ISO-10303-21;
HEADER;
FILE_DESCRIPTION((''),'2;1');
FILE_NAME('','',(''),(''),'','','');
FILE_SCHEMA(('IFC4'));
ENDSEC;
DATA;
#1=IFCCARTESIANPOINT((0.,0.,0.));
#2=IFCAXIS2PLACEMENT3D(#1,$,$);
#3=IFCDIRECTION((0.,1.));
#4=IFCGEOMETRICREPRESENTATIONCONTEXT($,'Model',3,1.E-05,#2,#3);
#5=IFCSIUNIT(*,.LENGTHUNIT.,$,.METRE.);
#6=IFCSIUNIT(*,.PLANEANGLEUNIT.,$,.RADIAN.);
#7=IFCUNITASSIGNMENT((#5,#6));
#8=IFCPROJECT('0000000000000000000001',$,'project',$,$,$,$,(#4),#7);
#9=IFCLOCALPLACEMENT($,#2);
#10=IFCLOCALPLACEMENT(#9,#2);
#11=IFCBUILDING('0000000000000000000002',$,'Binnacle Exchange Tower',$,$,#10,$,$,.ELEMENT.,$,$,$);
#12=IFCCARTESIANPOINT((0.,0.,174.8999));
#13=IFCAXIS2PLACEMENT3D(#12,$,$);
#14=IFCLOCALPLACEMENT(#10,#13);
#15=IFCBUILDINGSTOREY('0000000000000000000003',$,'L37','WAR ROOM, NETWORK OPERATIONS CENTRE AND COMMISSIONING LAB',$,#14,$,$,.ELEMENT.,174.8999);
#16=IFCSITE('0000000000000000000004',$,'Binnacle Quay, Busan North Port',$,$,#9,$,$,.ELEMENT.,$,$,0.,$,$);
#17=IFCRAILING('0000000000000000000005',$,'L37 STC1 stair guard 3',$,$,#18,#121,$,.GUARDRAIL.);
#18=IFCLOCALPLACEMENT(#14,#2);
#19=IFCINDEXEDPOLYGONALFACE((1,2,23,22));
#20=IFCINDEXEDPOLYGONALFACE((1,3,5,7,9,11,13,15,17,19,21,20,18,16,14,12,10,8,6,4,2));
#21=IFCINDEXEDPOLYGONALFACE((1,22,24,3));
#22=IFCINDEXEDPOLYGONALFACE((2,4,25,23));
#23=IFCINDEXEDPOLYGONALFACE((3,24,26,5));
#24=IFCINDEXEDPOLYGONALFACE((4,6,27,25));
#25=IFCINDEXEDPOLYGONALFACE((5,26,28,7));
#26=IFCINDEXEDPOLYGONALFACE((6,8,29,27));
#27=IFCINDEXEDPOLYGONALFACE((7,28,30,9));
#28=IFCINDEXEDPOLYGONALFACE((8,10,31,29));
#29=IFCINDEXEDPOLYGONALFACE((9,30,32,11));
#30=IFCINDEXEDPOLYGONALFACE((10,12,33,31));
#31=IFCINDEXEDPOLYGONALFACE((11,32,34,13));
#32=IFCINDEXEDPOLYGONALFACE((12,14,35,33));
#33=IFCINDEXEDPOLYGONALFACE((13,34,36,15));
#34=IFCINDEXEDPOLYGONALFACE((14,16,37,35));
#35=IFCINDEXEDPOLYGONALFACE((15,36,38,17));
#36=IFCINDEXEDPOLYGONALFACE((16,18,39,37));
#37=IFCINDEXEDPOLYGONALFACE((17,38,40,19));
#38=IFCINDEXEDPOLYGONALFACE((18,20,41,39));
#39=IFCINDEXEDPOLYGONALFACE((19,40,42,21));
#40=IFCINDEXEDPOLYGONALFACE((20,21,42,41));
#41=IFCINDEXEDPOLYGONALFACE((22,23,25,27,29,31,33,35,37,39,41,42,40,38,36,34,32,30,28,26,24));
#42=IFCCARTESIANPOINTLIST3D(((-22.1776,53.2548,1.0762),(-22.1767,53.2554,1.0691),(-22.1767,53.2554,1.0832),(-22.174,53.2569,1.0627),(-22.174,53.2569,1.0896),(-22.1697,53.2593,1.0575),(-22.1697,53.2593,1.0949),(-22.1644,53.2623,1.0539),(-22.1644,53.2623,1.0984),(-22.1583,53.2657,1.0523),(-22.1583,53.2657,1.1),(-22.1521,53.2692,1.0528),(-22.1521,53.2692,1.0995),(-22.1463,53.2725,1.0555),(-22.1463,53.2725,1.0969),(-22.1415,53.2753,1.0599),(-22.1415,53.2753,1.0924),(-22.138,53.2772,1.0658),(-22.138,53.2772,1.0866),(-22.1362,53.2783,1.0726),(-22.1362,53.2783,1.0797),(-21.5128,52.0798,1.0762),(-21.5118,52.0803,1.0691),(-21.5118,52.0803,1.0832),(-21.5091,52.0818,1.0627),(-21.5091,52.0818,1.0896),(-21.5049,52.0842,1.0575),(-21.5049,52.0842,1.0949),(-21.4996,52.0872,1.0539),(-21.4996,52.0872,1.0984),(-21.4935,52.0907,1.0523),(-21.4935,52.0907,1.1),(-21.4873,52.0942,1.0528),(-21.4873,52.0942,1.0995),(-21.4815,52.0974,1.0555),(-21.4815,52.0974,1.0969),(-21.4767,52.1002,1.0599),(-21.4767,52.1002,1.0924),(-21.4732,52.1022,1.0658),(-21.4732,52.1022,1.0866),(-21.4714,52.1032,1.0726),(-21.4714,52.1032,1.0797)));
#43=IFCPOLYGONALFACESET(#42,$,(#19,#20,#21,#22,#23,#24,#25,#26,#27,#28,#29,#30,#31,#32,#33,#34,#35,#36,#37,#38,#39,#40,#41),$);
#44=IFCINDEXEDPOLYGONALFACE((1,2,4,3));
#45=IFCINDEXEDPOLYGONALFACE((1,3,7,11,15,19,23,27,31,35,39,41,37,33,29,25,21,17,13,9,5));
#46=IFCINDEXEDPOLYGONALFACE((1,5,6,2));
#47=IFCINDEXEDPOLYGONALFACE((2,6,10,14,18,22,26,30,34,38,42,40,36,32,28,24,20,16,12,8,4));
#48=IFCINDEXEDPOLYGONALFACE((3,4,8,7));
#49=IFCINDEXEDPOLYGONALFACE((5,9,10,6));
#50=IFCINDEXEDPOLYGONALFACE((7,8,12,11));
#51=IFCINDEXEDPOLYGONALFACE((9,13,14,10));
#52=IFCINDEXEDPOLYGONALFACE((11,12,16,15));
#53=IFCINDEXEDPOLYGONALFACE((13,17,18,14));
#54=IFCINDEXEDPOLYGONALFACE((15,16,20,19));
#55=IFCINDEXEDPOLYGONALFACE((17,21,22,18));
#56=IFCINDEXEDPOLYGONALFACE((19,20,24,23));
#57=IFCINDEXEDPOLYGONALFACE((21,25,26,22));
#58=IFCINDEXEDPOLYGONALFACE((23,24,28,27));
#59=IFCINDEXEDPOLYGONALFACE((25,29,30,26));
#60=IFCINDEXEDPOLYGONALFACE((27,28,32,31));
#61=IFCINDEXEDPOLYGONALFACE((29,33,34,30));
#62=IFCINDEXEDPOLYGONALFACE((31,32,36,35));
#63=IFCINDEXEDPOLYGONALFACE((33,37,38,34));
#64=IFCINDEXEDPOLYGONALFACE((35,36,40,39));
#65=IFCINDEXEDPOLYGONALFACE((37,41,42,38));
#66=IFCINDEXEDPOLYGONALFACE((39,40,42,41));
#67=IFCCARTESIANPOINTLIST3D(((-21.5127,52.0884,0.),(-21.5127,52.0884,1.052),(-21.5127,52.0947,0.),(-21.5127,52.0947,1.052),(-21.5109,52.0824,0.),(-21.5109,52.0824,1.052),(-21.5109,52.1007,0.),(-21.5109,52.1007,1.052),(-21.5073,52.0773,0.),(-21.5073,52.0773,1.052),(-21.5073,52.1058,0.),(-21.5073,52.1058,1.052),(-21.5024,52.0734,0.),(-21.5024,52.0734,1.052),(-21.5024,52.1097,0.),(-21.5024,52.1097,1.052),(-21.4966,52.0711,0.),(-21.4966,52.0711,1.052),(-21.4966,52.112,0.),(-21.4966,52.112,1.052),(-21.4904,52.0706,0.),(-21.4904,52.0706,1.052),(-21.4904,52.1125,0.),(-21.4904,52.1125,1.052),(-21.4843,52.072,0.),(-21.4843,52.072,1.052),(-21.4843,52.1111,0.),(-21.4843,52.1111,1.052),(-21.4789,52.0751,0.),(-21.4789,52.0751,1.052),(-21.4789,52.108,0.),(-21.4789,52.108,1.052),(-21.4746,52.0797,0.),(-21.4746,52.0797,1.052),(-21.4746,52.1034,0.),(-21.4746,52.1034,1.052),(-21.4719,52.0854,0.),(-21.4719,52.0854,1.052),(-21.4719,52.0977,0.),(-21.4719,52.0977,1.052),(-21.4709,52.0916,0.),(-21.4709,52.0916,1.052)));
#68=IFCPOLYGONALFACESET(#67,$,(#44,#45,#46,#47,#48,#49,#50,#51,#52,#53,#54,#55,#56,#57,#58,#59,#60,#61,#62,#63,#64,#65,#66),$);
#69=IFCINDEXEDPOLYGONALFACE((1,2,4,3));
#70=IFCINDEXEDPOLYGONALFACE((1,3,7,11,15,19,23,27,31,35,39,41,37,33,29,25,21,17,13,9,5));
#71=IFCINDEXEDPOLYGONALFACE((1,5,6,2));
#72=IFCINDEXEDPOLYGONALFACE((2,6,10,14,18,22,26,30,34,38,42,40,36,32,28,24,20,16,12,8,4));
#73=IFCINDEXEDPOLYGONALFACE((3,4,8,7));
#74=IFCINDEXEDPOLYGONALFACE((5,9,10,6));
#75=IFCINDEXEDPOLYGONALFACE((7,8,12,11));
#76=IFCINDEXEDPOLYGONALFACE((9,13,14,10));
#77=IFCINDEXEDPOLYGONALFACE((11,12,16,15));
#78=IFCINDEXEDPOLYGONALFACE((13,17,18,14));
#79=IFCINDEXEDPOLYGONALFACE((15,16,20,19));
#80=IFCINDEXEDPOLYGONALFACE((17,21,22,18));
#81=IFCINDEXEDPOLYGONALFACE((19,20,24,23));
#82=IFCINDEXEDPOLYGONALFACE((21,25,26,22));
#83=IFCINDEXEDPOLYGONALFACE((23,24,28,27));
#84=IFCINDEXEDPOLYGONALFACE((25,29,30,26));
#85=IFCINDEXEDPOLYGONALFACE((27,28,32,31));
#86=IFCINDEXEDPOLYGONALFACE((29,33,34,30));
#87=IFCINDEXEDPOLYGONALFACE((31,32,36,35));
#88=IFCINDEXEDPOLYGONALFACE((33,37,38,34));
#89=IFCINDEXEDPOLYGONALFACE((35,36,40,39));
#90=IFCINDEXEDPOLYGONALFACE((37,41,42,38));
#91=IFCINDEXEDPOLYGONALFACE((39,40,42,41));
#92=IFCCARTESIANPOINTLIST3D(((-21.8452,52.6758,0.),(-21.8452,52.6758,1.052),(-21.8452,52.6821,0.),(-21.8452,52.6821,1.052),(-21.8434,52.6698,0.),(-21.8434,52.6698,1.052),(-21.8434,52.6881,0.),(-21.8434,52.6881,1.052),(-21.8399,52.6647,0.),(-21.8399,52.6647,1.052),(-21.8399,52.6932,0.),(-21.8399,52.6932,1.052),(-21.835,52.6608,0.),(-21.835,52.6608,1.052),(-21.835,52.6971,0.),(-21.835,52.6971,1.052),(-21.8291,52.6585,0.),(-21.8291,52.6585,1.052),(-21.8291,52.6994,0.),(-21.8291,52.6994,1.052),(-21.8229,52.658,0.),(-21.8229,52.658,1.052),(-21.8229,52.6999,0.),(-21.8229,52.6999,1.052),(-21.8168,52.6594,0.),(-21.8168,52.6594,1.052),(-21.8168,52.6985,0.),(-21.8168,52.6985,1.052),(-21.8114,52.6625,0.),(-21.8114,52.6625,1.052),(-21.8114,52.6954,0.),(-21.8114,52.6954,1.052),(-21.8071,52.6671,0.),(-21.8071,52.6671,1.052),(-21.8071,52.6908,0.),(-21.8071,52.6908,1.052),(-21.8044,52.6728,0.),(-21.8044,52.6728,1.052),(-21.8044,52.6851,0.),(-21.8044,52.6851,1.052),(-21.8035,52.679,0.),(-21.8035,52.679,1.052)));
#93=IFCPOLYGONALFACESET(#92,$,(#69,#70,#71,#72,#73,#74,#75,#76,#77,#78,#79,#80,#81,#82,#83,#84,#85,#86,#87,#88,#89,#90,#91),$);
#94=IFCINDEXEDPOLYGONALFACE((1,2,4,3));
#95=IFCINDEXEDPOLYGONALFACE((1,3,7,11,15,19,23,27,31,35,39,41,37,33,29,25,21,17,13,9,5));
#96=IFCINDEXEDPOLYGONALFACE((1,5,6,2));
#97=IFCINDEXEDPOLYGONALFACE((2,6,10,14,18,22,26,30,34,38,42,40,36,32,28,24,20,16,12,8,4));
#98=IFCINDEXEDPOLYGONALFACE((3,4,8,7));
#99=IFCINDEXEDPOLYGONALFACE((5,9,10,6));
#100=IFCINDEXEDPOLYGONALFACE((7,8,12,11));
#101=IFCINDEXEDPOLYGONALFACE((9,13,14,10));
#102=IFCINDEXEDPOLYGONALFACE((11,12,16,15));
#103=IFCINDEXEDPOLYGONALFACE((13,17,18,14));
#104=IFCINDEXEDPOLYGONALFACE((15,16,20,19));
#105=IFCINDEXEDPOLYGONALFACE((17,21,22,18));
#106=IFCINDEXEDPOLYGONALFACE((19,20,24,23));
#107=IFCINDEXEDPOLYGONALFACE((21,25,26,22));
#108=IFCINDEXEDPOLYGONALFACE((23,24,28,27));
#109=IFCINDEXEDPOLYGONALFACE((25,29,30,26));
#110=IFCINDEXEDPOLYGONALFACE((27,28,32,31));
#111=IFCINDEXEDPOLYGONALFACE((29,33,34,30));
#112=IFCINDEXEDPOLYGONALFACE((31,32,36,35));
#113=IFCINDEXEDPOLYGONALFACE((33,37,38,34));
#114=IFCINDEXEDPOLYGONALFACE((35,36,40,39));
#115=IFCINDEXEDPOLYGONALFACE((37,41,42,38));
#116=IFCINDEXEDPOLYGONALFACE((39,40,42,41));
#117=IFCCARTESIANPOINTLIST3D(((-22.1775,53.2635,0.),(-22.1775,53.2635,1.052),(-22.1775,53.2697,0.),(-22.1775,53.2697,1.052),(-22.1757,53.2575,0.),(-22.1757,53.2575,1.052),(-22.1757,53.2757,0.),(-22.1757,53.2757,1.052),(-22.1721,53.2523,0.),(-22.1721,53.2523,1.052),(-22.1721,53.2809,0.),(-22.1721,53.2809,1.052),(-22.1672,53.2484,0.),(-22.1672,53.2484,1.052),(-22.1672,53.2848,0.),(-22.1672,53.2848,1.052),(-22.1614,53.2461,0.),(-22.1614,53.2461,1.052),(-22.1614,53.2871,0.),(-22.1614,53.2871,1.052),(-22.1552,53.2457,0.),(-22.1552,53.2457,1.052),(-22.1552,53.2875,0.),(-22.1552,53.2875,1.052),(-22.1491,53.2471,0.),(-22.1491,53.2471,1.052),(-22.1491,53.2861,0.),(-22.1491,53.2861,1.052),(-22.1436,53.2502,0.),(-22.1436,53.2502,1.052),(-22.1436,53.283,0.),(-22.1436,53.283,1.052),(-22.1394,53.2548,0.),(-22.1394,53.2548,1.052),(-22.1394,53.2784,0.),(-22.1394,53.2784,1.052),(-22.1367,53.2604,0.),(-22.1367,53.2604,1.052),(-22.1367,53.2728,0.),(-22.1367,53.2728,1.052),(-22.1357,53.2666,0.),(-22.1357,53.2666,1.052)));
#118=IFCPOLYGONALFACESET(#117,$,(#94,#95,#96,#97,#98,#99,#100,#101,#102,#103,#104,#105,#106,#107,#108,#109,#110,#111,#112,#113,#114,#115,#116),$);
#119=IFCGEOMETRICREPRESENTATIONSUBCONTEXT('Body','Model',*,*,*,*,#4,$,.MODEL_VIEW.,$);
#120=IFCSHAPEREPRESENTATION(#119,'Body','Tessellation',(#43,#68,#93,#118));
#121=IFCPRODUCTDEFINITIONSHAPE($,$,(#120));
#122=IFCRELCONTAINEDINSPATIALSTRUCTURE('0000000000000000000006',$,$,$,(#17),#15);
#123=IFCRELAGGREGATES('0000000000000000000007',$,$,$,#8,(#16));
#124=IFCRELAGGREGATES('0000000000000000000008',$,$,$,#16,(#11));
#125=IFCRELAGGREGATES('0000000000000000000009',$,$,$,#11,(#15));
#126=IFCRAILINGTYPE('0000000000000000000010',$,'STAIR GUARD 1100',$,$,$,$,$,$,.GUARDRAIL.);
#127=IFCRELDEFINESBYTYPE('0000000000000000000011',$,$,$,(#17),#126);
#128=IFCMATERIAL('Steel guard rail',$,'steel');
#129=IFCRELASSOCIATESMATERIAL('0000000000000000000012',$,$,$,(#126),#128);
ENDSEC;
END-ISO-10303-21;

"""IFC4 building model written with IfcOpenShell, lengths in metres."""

from ifc_helpers import new_model, si_unit, direction, frame, origin, origin_2d, place, context, subcontext, project, spatial, circle, extrude, material, type_object, element, save


model = new_model("IFC4")

# Units and contexts
model_context = context("Model", 3, precision=1e-05, world=origin(), true_north=direction((0.0, 1.0)))
body_context = subcontext(model_context, "Body", "Model", "MODEL_VIEW")
ifc_project = project(units=[si_unit("LENGTHUNIT", "METRE"), si_unit("PLANEANGLEUNIT", "RADIAN")], contexts=[model_context])

# Site, building, storey
site_placement = place(None, origin())
site = spatial("IfcSite", under=ifc_project, at=site_placement, Name="Binnacle Quay, Busan North Port", CompositionType="ELEMENT", RefElevation=0.0)
building_placement = place(site_placement, origin())
building = spatial("IfcBuilding", under=site, at=building_placement, Name="Binnacle Exchange Tower", CompositionType="ELEMENT")
storey_placement = place(building_placement, frame((0.0, 0.0, 174.8999)))
storey = spatial("IfcBuildingStorey", under=building, at=storey_placement, Name="L37", Description="WAR ROOM, NETWORK OPERATIONS CENTRE AND COMMISSIONING LAB", CompositionType="ELEMENT", Elevation=174.8999)

# Railing
ifc_material_1 = material(Name="Steel guard rail", Category="steel")
railing_type_1 = type_object("IfcRailingType", Name="STAIR GUARD 1100", PredefinedType="GUARDRAIL", material=ifc_material_1)
railing_1_placement = place(storey_placement, frame((-21.4919, 52.0916, 0.0)))
element("IfcRailing", 1, at=railing_1_placement, inside=storey, type_object=railing_type_1, Name="L37 STC1 stair guard 3", PredefinedType="GUARDRAIL", context=body_context, shape_type="SweptSolid", body=[
    extrude(circle(Radius=0.0239, at=origin_2d()), frame((0.0, 0.0, 1.0762), z_axis=(-0.492415, 0.870361, 0.0), x_axis=(-0.870361, -0.492415, 0.0)), (0.0, 0.0, 1.0), 1.3501),
    extrude(circle(Radius=0.021, at=origin_2d()), origin(), (0.0, 0.0, 1.0), 1.052),
    extrude(circle(Radius=0.021, at=origin_2d()), frame((-0.3325, 0.5874, 0.0)), (0.0, 0.0, 1.0), 1.052),
    extrude(circle(Radius=0.021, at=origin_2d()), frame((-0.6648, 1.175, 0.0)), (0.0, 0.0, 1.0), 1.052),
])

save(model, "model.ifc")
